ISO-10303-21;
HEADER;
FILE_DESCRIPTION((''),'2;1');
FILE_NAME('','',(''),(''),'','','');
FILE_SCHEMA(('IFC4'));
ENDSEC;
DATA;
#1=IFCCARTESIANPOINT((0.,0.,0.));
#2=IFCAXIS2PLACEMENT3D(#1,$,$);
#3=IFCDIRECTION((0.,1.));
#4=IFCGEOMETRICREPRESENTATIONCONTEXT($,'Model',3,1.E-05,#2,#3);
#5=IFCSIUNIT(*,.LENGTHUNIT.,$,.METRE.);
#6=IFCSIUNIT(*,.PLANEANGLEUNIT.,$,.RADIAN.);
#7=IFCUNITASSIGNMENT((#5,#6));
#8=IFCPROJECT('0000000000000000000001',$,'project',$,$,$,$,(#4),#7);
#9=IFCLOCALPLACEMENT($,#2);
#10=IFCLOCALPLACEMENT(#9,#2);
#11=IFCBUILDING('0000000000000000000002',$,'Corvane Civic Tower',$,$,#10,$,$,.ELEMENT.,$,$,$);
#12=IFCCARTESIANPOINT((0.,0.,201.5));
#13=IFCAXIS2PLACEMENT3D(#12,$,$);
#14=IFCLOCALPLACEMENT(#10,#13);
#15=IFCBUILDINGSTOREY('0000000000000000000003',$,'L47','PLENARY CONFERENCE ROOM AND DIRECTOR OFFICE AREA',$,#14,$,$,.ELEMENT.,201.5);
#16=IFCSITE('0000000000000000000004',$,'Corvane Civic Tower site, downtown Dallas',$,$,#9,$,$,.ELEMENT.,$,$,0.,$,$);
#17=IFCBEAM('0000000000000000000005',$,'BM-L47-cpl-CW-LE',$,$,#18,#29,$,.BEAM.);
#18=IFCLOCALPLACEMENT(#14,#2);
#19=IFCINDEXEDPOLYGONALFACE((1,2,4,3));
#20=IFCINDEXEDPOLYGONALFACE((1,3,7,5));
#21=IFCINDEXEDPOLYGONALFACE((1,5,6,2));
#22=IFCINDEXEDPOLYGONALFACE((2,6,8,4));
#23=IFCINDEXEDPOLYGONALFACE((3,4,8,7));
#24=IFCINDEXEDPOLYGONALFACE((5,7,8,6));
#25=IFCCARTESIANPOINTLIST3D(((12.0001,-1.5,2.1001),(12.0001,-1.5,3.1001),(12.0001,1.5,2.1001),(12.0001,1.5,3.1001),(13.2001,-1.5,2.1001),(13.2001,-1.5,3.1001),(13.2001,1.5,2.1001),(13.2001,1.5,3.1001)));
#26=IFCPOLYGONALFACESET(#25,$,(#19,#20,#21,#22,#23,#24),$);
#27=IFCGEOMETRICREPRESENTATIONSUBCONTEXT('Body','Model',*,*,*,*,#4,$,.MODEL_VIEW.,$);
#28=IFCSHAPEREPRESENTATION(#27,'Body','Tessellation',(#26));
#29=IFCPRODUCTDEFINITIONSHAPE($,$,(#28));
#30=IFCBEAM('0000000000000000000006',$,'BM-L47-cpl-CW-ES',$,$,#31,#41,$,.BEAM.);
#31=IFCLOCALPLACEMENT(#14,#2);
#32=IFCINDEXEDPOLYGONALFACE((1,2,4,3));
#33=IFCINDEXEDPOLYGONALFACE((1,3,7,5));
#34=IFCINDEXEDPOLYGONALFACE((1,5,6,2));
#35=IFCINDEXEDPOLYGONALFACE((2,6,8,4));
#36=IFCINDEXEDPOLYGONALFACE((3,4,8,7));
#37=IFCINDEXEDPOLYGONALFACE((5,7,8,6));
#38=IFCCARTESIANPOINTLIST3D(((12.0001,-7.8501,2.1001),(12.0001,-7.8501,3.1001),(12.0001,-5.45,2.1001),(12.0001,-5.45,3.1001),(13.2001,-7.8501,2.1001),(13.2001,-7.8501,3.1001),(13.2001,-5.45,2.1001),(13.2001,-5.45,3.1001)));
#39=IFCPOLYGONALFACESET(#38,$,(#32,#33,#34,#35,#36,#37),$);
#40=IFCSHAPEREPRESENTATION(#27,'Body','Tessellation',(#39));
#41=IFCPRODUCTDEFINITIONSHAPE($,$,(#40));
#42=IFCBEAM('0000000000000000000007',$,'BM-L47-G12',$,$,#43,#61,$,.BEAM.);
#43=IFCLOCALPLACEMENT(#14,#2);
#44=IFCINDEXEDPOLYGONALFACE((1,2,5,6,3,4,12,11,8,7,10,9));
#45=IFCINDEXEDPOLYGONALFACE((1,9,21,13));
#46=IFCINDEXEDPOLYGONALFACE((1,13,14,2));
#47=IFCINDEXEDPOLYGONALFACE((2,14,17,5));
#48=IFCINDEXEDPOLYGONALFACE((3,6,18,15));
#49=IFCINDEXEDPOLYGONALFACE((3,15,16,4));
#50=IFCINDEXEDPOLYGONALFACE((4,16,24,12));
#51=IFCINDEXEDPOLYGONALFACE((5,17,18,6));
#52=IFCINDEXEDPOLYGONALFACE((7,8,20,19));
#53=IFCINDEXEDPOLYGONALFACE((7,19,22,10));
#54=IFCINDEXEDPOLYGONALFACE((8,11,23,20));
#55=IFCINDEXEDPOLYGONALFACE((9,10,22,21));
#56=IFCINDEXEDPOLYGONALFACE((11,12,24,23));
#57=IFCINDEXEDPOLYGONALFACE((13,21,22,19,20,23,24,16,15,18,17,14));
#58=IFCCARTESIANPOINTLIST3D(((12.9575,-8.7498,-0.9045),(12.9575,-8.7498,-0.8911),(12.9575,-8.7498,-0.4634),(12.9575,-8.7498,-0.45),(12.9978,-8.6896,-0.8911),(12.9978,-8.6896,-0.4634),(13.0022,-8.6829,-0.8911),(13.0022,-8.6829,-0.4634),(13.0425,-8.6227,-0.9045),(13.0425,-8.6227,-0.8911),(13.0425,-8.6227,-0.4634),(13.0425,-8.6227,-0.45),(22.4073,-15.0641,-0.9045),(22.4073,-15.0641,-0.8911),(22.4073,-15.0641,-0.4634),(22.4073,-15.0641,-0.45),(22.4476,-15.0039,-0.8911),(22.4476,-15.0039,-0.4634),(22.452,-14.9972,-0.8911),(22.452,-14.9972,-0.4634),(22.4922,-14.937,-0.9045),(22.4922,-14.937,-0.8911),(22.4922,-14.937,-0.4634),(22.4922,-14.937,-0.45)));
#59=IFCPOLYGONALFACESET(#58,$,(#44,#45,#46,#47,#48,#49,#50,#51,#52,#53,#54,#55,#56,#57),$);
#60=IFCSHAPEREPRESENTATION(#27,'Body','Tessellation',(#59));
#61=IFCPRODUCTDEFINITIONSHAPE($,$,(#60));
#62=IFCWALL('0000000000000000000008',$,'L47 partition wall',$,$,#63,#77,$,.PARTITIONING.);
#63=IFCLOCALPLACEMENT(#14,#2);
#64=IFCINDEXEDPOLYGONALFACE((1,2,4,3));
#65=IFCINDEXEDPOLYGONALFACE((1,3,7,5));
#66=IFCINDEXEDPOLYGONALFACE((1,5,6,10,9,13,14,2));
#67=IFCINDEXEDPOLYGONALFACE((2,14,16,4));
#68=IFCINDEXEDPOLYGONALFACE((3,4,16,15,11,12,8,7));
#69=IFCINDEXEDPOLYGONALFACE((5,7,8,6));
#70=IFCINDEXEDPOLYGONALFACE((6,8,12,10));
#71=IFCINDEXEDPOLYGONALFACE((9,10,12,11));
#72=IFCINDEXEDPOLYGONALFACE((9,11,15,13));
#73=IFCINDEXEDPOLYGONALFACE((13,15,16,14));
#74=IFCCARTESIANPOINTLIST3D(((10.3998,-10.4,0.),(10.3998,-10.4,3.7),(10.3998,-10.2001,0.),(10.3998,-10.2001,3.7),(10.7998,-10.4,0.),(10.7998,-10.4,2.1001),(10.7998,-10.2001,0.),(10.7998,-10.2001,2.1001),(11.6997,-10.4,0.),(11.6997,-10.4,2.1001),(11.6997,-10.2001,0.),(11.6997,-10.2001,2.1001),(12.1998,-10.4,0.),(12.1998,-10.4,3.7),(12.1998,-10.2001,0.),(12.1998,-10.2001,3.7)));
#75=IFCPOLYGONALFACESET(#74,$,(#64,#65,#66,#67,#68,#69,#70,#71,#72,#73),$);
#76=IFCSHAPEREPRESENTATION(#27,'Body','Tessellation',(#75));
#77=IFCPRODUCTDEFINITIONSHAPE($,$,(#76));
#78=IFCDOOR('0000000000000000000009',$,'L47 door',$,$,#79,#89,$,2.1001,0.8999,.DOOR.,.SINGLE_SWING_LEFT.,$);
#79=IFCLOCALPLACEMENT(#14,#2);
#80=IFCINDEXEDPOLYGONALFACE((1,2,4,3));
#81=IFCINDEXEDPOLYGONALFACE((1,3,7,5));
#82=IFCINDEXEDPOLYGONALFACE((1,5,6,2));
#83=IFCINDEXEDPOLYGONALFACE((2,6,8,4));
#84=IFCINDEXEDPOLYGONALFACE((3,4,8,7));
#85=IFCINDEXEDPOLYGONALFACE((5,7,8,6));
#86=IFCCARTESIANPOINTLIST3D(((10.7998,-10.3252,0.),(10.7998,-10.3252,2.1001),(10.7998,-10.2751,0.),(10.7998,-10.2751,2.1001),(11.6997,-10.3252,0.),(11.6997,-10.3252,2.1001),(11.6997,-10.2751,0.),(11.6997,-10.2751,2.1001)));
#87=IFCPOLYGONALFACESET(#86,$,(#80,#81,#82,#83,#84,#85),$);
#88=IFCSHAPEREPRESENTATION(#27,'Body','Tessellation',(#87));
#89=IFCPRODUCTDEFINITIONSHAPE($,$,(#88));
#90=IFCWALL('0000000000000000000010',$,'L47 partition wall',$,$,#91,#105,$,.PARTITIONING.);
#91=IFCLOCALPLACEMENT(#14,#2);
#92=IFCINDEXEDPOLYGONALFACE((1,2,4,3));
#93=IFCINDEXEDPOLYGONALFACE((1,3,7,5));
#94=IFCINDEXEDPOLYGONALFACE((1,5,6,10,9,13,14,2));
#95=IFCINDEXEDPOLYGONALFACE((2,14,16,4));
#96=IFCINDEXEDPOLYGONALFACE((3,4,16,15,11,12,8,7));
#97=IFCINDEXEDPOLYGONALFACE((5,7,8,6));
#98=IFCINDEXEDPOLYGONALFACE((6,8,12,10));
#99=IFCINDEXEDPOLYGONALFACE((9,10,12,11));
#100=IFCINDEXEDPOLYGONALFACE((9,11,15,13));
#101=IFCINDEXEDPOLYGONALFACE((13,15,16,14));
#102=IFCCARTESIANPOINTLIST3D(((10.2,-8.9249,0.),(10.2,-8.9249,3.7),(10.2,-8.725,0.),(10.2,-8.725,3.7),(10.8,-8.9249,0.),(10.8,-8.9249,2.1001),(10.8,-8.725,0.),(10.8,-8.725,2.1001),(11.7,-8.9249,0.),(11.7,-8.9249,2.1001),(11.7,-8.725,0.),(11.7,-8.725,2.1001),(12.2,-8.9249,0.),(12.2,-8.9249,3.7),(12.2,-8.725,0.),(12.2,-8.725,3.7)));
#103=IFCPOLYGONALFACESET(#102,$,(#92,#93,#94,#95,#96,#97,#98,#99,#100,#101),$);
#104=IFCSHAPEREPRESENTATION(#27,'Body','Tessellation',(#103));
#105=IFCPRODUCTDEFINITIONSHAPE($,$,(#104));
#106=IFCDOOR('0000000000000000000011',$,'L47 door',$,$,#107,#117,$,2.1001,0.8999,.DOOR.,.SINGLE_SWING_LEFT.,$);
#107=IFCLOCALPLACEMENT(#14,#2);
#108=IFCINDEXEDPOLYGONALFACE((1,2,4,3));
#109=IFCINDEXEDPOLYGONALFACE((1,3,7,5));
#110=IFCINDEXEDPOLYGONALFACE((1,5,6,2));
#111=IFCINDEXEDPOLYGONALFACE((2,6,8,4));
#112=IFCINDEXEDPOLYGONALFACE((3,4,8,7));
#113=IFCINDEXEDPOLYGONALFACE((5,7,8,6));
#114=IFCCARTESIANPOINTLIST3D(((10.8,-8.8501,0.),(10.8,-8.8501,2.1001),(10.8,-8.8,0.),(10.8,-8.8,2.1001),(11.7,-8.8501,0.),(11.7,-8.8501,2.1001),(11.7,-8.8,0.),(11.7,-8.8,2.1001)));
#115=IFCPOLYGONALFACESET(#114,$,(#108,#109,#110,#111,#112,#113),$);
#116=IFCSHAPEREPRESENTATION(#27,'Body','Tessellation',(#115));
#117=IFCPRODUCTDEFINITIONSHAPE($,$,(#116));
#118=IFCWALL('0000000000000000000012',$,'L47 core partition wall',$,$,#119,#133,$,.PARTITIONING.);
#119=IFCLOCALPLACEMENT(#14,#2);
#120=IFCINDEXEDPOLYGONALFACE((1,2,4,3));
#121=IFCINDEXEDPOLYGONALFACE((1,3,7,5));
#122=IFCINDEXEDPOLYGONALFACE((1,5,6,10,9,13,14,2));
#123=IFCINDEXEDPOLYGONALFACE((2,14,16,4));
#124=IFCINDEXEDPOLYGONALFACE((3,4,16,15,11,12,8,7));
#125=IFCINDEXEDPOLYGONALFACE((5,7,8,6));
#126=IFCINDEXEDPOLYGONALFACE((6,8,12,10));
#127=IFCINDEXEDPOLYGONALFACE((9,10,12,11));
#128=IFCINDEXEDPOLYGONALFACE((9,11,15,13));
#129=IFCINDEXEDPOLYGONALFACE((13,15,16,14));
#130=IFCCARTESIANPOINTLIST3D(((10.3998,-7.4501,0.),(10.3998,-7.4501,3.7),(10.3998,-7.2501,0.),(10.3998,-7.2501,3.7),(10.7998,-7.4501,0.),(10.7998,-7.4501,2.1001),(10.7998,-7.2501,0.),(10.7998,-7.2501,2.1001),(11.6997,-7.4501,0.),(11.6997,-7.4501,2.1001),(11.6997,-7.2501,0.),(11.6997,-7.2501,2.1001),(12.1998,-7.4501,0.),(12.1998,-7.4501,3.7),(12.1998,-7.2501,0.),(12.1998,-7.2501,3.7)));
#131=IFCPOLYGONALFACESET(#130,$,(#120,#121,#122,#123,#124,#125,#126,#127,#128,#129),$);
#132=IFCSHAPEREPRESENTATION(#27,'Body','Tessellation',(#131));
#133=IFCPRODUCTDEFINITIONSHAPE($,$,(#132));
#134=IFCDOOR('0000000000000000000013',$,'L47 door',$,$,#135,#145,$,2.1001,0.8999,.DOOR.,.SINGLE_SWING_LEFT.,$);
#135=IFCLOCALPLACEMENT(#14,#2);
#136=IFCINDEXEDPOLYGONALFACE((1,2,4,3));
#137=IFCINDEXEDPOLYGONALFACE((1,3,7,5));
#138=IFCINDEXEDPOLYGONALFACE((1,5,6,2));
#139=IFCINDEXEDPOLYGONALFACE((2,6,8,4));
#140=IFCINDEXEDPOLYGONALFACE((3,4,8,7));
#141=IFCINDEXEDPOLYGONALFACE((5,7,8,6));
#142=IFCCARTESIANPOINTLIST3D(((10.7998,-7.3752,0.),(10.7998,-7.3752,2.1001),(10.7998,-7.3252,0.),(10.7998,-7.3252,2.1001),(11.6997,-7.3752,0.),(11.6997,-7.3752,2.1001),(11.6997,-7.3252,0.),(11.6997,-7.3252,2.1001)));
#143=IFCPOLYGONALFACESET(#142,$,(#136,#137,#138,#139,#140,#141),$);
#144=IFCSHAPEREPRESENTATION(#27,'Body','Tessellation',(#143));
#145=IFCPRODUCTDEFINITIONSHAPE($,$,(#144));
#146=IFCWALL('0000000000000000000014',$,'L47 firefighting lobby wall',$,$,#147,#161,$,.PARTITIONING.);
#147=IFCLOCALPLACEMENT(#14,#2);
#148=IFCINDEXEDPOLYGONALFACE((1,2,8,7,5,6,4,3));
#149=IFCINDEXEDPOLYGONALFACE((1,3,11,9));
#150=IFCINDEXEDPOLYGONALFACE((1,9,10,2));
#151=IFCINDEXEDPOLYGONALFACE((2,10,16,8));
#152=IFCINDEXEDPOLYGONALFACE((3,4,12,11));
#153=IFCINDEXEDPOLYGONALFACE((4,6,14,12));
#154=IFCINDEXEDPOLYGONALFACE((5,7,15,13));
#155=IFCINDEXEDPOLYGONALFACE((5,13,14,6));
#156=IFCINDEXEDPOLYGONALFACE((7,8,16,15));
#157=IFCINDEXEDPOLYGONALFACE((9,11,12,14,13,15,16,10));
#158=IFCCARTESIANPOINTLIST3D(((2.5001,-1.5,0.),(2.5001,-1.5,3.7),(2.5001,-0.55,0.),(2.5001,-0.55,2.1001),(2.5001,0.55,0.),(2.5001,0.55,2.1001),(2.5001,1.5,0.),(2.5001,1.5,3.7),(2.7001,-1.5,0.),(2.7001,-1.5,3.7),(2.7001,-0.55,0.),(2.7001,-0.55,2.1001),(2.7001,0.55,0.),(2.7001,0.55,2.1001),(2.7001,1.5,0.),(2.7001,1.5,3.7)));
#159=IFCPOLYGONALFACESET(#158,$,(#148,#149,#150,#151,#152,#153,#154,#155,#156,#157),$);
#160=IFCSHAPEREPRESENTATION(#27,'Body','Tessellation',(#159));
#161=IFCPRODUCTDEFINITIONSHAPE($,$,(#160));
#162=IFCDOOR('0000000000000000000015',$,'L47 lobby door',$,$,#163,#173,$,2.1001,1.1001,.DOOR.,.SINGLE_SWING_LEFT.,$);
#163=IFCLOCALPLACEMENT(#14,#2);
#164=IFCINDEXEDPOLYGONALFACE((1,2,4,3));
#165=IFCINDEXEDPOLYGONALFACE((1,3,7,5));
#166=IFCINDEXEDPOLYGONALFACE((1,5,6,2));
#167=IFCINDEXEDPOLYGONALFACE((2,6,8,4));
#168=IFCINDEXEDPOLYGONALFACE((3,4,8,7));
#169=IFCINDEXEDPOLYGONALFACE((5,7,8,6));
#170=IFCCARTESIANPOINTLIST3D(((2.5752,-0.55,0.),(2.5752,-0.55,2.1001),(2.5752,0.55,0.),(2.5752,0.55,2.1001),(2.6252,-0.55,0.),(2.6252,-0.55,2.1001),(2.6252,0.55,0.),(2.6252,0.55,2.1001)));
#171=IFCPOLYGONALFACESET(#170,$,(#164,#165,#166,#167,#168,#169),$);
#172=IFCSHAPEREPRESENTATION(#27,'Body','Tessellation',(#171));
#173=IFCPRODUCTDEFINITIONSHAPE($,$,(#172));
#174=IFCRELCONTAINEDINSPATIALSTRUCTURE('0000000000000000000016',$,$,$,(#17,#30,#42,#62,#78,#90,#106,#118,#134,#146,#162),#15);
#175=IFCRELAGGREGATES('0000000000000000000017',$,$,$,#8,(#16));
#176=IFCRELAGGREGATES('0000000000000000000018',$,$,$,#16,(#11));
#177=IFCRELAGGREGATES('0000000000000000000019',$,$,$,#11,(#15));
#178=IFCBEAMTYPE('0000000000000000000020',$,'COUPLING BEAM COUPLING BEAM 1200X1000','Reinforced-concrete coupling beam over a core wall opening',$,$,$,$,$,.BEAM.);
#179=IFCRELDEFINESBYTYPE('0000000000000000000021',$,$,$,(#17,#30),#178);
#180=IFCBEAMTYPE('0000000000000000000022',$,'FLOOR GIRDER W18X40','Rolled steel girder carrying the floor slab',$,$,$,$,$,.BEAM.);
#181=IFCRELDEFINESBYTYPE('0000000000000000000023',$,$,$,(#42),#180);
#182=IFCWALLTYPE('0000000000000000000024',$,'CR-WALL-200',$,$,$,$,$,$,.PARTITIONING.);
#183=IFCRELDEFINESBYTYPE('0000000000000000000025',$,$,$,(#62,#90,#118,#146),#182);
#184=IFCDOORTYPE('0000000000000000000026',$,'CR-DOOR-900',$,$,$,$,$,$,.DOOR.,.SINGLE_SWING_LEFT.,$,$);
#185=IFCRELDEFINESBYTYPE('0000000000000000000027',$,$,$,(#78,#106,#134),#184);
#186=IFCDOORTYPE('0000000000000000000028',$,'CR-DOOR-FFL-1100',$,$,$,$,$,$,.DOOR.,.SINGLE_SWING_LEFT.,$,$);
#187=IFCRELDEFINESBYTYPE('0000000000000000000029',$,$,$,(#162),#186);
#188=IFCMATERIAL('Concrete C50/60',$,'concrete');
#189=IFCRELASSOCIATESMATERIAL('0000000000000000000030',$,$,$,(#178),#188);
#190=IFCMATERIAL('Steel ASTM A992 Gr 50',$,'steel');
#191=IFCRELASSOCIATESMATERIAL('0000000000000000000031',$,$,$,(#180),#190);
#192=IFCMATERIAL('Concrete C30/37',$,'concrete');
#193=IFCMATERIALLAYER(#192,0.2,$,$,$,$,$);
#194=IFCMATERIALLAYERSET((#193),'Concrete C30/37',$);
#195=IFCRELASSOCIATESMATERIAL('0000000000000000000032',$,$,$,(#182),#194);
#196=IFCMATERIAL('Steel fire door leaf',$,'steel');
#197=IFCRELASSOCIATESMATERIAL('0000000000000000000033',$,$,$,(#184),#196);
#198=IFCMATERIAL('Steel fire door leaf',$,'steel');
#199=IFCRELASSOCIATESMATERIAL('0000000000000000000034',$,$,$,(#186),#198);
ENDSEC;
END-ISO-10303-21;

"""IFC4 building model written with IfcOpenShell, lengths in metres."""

from ifc_helpers import new_model, si_unit, direction, frame, frame_2d, origin, origin_2d, place, context, subcontext, project, spatial, rectangle, i_section, extrude, material, layer, layer_set, material_profile, profile_set, type_object, element, fill, save


model = new_model("IFC4")

# Units and contexts
model_context = context("Model", 3, precision=1e-05, world=origin(), true_north=direction((0.0, 1.0)))
body_context = subcontext(model_context, "Body", "Model", "MODEL_VIEW")
ifc_project = project(units=[si_unit("LENGTHUNIT", "METRE"), si_unit("PLANEANGLEUNIT", "RADIAN")], contexts=[model_context])

# Site, building, storey
site_placement = place(None, origin())
site = spatial("IfcSite", under=ifc_project, at=site_placement, Name="Corvane Civic Tower site, downtown Dallas", CompositionType="ELEMENT", RefElevation=0.0)
building_placement = place(site_placement, origin())
building = spatial("IfcBuilding", under=site, at=building_placement, Name="Corvane Civic Tower", CompositionType="ELEMENT")
storey_placement = place(building_placement, frame((0.0, 0.0, 201.5)))
storey = spatial("IfcBuildingStorey", under=building, at=storey_placement, Name="L47", Description="PLENARY CONFERENCE ROOM AND DIRECTOR OFFICE AREA", CompositionType="ELEMENT", Elevation=201.5)

# Beams
ifc_material_1 = material(Name="Concrete C50/60", Category="concrete")
ifc_material_profile_1 = material_profile(ifc_material_1, rectangle(XDim=1.2, YDim=1.0, at=origin_2d()), Name="COUPLING BEAM 1200X1000")
ifc_profile_set_1 = profile_set([ifc_material_profile_1], Name="Concrete C50/60")
beam_type_1 = type_object("IfcBeamType", Name="COUPLING BEAM COUPLING BEAM 1200X1000", Description="Reinforced-concrete coupling beam over a core wall opening", PredefinedType="BEAM", material=ifc_profile_set_1)
beam_1_placement = place(storey_placement, frame((12.6001, -1.5, 2.6001), z_axis=(0.0, 1.0, 0.0), x_axis=(-1.0, 0.0, 0.0)))
element("IfcBeam", 1, at=beam_1_placement, inside=storey, type_object=beam_type_1, Name="BM-L47-cpl-CW-LE", PredefinedType="BEAM", context=body_context, shape_type="SweptSolid", body=[
    extrude(rectangle(XDim=1.2, YDim=1.0, at=origin_2d()), origin(), (0.0, 0.0, 1.0), 3.0),
])
beam_2_placement = place(storey_placement, frame((12.6001, -7.8501, 2.6001), z_axis=(0.0, 1.0, 0.0), x_axis=(-1.0, 0.0, 0.0)))
element("IfcBeam", 2, at=beam_2_placement, inside=storey, type_object=beam_type_1, Name="BM-L47-cpl-CW-ES", PredefinedType="BEAM", context=body_context, shape_type="SweptSolid", body=[
    extrude(rectangle(XDim=1.2, YDim=1.0, at=origin_2d()), origin(), (0.0, 0.0, 1.0), 2.4001),
])
ifc_material_2 = material(Name="Steel ASTM A992 Gr 50", Category="steel")
ifc_material_profile_2 = material_profile(ifc_material_2, i_section(OverallWidth=0.1528, OverallDepth=0.4546, WebThickness=0.0081, FlangeThickness=0.0134, at=origin_2d()), Name="W18X40")
ifc_profile_set_2 = profile_set([ifc_material_profile_2], Name="Steel ASTM A992 Gr 50")
beam_type_2 = type_object("IfcBeamType", Name="FLOOR GIRDER W18X40", Description="Rolled steel girder carrying the floor slab", PredefinedType="BEAM", material=ifc_profile_set_2)
beam_3_placement = place(storey_placement, frame((13.0, -8.6863, -0.6772), z_axis=(0.831465, -0.555577, 0.0), x_axis=(0.555577, 0.831465, 0.0)))
element("IfcBeam", 3, at=beam_3_placement, inside=storey, type_object=beam_type_2, Name="BM-L47-G12", PredefinedType="BEAM", context=body_context, shape_type="SweptSolid", body=[
    extrude(i_section(OverallWidth=0.1528, OverallDepth=0.4546, WebThickness=0.0081, FlangeThickness=0.0134, at=origin_2d()), origin(), (0.0, 0.0, 1.0), 11.3652),
])

# Walls, openings, doors
ifc_material_3 = material(Name="Concrete C30/37", Category="concrete")
ifc_layer_1 = layer(ifc_material_3, 0.2)
ifc_layer_set_1 = layer_set([ifc_layer_1], Name="Concrete C30/37")
wall_type_1 = type_object("IfcWallType", Name="CR-WALL-200", PredefinedType="PARTITIONING", material=ifc_layer_set_1)
wall_1_placement = place(storey_placement, frame((10.3999, -10.3, 0.0), z_axis=(0.0, 0.0, 1.0), x_axis=(1.0, 0.0, 0.0)))
wall_1 = element("IfcWall", 4, at=wall_1_placement, inside=storey, type_object=wall_type_1, Name="L47 partition wall", PredefinedType="PARTITIONING", context=body_context, shape_type="SweptSolid", body=[
    extrude(rectangle(XDim=1.8, YDim=0.2, at=frame_2d((0.8999, 0.0))), origin(), (0.0, 0.0, 1.0), 3.7),
])
opening_1_placement = place(wall_1_placement, frame((0.3999, 0.0, 0.0)))
opening_1 = element("IfcOpeningElement", 5, at=opening_1_placement, cuts=wall_1, PredefinedType="OPENING", context=body_context, shape_type="SweptSolid", body=[
    extrude(rectangle(XDim=0.8999, YDim=2.1001, at=frame_2d((0.45, 1.05))), frame((0.0, 0.1099, 0.0), z_axis=(0.0, -1.0, 0.0), x_axis=(1.0, 0.0, 0.0)), (0.0, 0.0, 1.0), 0.22),
])
ifc_material_4 = material(Name="Steel fire door leaf", Category="steel")
door_type_1 = type_object("IfcDoorType", Name="CR-DOOR-900", OperationType="SINGLE_SWING_LEFT", PredefinedType="DOOR", material=ifc_material_4)
door_1_placement = place(opening_1_placement, origin())
door_1 = element("IfcDoor", 6, at=door_1_placement, inside=storey, type_object=door_type_1, Name="L47 door", OperationType="SINGLE_SWING_LEFT", OverallHeight=2.1001, OverallWidth=0.8999, PredefinedType="DOOR", context=body_context, shape_type="SweptSolid", body=[
    extrude(rectangle(XDim=0.8999, YDim=2.1001, at=frame_2d((0.45, 1.05))), frame((0.0, 0.0249, 0.0), z_axis=(0.0, -1.0, 0.0), x_axis=(1.0, 0.0, 0.0)), (0.0, 0.0, 1.0), 0.05),
])
fill(opening_1, door_1)
wall_2_placement = place(storey_placement, frame((10.2, -8.825, 0.0), z_axis=(0.0, 0.0, 1.0), x_axis=(1.0, 0.0, 0.0)))
wall_2 = element("IfcWall", 7, at=wall_2_placement, inside=storey, type_object=wall_type_1, Name="L47 partition wall", PredefinedType="PARTITIONING", context=body_context, shape_type="SweptSolid", body=[
    extrude(rectangle(XDim=2.0, YDim=0.2, at=frame_2d((1.0, 0.0))), origin(), (0.0, 0.0, 1.0), 3.7),
])
opening_2_placement = place(wall_2_placement, frame((0.6001, 0.0, 0.0)))
opening_2 = element("IfcOpeningElement", 8, at=opening_2_placement, cuts=wall_2, PredefinedType="OPENING", context=body_context, shape_type="SweptSolid", body=[
    extrude(rectangle(XDim=0.8999, YDim=2.1001, at=frame_2d((0.45, 1.05))), frame((0.0, 0.1099, 0.0), z_axis=(0.0, -1.0, 0.0), x_axis=(1.0, 0.0, 0.0)), (0.0, 0.0, 1.0), 0.22),
])
door_2_placement = place(opening_2_placement, origin())
door_2 = element("IfcDoor", 9, at=door_2_placement, inside=storey, type_object=door_type_1, Name="L47 door", OperationType="SINGLE_SWING_LEFT", OverallHeight=2.1001, OverallWidth=0.8999, PredefinedType="DOOR", context=body_context, shape_type="SweptSolid", body=[
    extrude(rectangle(XDim=0.8999, YDim=2.1001, at=frame_2d((0.45, 1.05))), frame((0.0, 0.0249, 0.0), z_axis=(0.0, -1.0, 0.0), x_axis=(1.0, 0.0, 0.0)), (0.0, 0.0, 1.0), 0.05),
])
fill(opening_2, door_2)
wall_3_placement = place(storey_placement, frame((10.3999, -7.3501, 0.0), z_axis=(0.0, 0.0, 1.0), x_axis=(1.0, 0.0, 0.0)))
wall_3 = element("IfcWall", 10, at=wall_3_placement, inside=storey, type_object=wall_type_1, Name="L47 core partition wall", PredefinedType="PARTITIONING", context=body_context, shape_type="SweptSolid", body=[
    extrude(rectangle(XDim=1.8, YDim=0.2, at=frame_2d((0.8999, 0.0))), origin(), (0.0, 0.0, 1.0), 3.7),
])
opening_3_placement = place(wall_3_placement, frame((0.3999, 0.0, 0.0)))
opening_3 = element("IfcOpeningElement", 11, at=opening_3_placement, cuts=wall_3, PredefinedType="OPENING", context=body_context, shape_type="SweptSolid", body=[
    extrude(rectangle(XDim=0.8999, YDim=2.1001, at=frame_2d((0.45, 1.05))), frame((0.0, 0.1099, 0.0), z_axis=(0.0, -1.0, 0.0), x_axis=(1.0, 0.0, 0.0)), (0.0, 0.0, 1.0), 0.22),
])
door_3_placement = place(opening_3_placement, origin())
door_3 = element("IfcDoor", 12, at=door_3_placement, inside=storey, type_object=door_type_1, Name="L47 door", OperationType="SINGLE_SWING_LEFT", OverallHeight=2.1001, OverallWidth=0.8999, PredefinedType="DOOR", context=body_context, shape_type="SweptSolid", body=[
    extrude(rectangle(XDim=0.8999, YDim=2.1001, at=frame_2d((0.45, 1.05))), frame((0.0, 0.0249, 0.0), z_axis=(0.0, -1.0, 0.0), x_axis=(1.0, 0.0, 0.0)), (0.0, 0.0, 1.0), 0.05),
])
fill(opening_3, door_3)
wall_4_placement = place(storey_placement, frame((2.6001, -1.5, 0.0), z_axis=(0.0, 0.0, 1.0), x_axis=(0.0, 1.0, 0.0)))
wall_4 = element("IfcWall", 13, at=wall_4_placement, inside=storey, type_object=wall_type_1, Name="L47 firefighting lobby wall", PredefinedType="PARTITIONING", context=body_context, shape_type="SweptSolid", body=[
    extrude(rectangle(XDim=3.0, YDim=0.2, at=frame_2d((1.5, 0.0))), origin(), (0.0, 0.0, 1.0), 3.7),
])
opening_4_placement = place(wall_4_placement, frame((0.95, 0.0, 0.0)))
opening_4 = element("IfcOpeningElement", 14, at=opening_4_placement, cuts=wall_4, PredefinedType="OPENING", context=body_context, shape_type="SweptSolid", body=[
    extrude(rectangle(XDim=1.1001, YDim=2.1001, at=frame_2d((0.55, 1.05))), frame((0.0, 0.1099, 0.0), z_axis=(0.0, -1.0, 0.0), x_axis=(1.0, 0.0, 0.0)), (0.0, 0.0, 1.0), 0.22),
])
ifc_material_5 = material(Name="Steel fire door leaf", Category="steel")
door_type_2 = type_object("IfcDoorType", Name="CR-DOOR-FFL-1100", OperationType="SINGLE_SWING_LEFT", PredefinedType="DOOR", material=ifc_material_5)
door_4_placement = place(opening_4_placement, origin())
door_4 = element("IfcDoor", 15, at=door_4_placement, inside=storey, type_object=door_type_2, Name="L47 lobby door", OperationType="SINGLE_SWING_LEFT", OverallHeight=2.1001, OverallWidth=1.1001, PredefinedType="DOOR", context=body_context, shape_type="SweptSolid", body=[
    extrude(rectangle(XDim=1.1001, YDim=2.1001, at=frame_2d((0.55, 1.05))), frame((0.0, 0.0249, 0.0), z_axis=(0.0, -1.0, 0.0), x_axis=(1.0, 0.0, 0.0)), (0.0, 0.0, 1.0), 0.05),
])
fill(opening_4, door_4)

save(model, "model.ifc")
